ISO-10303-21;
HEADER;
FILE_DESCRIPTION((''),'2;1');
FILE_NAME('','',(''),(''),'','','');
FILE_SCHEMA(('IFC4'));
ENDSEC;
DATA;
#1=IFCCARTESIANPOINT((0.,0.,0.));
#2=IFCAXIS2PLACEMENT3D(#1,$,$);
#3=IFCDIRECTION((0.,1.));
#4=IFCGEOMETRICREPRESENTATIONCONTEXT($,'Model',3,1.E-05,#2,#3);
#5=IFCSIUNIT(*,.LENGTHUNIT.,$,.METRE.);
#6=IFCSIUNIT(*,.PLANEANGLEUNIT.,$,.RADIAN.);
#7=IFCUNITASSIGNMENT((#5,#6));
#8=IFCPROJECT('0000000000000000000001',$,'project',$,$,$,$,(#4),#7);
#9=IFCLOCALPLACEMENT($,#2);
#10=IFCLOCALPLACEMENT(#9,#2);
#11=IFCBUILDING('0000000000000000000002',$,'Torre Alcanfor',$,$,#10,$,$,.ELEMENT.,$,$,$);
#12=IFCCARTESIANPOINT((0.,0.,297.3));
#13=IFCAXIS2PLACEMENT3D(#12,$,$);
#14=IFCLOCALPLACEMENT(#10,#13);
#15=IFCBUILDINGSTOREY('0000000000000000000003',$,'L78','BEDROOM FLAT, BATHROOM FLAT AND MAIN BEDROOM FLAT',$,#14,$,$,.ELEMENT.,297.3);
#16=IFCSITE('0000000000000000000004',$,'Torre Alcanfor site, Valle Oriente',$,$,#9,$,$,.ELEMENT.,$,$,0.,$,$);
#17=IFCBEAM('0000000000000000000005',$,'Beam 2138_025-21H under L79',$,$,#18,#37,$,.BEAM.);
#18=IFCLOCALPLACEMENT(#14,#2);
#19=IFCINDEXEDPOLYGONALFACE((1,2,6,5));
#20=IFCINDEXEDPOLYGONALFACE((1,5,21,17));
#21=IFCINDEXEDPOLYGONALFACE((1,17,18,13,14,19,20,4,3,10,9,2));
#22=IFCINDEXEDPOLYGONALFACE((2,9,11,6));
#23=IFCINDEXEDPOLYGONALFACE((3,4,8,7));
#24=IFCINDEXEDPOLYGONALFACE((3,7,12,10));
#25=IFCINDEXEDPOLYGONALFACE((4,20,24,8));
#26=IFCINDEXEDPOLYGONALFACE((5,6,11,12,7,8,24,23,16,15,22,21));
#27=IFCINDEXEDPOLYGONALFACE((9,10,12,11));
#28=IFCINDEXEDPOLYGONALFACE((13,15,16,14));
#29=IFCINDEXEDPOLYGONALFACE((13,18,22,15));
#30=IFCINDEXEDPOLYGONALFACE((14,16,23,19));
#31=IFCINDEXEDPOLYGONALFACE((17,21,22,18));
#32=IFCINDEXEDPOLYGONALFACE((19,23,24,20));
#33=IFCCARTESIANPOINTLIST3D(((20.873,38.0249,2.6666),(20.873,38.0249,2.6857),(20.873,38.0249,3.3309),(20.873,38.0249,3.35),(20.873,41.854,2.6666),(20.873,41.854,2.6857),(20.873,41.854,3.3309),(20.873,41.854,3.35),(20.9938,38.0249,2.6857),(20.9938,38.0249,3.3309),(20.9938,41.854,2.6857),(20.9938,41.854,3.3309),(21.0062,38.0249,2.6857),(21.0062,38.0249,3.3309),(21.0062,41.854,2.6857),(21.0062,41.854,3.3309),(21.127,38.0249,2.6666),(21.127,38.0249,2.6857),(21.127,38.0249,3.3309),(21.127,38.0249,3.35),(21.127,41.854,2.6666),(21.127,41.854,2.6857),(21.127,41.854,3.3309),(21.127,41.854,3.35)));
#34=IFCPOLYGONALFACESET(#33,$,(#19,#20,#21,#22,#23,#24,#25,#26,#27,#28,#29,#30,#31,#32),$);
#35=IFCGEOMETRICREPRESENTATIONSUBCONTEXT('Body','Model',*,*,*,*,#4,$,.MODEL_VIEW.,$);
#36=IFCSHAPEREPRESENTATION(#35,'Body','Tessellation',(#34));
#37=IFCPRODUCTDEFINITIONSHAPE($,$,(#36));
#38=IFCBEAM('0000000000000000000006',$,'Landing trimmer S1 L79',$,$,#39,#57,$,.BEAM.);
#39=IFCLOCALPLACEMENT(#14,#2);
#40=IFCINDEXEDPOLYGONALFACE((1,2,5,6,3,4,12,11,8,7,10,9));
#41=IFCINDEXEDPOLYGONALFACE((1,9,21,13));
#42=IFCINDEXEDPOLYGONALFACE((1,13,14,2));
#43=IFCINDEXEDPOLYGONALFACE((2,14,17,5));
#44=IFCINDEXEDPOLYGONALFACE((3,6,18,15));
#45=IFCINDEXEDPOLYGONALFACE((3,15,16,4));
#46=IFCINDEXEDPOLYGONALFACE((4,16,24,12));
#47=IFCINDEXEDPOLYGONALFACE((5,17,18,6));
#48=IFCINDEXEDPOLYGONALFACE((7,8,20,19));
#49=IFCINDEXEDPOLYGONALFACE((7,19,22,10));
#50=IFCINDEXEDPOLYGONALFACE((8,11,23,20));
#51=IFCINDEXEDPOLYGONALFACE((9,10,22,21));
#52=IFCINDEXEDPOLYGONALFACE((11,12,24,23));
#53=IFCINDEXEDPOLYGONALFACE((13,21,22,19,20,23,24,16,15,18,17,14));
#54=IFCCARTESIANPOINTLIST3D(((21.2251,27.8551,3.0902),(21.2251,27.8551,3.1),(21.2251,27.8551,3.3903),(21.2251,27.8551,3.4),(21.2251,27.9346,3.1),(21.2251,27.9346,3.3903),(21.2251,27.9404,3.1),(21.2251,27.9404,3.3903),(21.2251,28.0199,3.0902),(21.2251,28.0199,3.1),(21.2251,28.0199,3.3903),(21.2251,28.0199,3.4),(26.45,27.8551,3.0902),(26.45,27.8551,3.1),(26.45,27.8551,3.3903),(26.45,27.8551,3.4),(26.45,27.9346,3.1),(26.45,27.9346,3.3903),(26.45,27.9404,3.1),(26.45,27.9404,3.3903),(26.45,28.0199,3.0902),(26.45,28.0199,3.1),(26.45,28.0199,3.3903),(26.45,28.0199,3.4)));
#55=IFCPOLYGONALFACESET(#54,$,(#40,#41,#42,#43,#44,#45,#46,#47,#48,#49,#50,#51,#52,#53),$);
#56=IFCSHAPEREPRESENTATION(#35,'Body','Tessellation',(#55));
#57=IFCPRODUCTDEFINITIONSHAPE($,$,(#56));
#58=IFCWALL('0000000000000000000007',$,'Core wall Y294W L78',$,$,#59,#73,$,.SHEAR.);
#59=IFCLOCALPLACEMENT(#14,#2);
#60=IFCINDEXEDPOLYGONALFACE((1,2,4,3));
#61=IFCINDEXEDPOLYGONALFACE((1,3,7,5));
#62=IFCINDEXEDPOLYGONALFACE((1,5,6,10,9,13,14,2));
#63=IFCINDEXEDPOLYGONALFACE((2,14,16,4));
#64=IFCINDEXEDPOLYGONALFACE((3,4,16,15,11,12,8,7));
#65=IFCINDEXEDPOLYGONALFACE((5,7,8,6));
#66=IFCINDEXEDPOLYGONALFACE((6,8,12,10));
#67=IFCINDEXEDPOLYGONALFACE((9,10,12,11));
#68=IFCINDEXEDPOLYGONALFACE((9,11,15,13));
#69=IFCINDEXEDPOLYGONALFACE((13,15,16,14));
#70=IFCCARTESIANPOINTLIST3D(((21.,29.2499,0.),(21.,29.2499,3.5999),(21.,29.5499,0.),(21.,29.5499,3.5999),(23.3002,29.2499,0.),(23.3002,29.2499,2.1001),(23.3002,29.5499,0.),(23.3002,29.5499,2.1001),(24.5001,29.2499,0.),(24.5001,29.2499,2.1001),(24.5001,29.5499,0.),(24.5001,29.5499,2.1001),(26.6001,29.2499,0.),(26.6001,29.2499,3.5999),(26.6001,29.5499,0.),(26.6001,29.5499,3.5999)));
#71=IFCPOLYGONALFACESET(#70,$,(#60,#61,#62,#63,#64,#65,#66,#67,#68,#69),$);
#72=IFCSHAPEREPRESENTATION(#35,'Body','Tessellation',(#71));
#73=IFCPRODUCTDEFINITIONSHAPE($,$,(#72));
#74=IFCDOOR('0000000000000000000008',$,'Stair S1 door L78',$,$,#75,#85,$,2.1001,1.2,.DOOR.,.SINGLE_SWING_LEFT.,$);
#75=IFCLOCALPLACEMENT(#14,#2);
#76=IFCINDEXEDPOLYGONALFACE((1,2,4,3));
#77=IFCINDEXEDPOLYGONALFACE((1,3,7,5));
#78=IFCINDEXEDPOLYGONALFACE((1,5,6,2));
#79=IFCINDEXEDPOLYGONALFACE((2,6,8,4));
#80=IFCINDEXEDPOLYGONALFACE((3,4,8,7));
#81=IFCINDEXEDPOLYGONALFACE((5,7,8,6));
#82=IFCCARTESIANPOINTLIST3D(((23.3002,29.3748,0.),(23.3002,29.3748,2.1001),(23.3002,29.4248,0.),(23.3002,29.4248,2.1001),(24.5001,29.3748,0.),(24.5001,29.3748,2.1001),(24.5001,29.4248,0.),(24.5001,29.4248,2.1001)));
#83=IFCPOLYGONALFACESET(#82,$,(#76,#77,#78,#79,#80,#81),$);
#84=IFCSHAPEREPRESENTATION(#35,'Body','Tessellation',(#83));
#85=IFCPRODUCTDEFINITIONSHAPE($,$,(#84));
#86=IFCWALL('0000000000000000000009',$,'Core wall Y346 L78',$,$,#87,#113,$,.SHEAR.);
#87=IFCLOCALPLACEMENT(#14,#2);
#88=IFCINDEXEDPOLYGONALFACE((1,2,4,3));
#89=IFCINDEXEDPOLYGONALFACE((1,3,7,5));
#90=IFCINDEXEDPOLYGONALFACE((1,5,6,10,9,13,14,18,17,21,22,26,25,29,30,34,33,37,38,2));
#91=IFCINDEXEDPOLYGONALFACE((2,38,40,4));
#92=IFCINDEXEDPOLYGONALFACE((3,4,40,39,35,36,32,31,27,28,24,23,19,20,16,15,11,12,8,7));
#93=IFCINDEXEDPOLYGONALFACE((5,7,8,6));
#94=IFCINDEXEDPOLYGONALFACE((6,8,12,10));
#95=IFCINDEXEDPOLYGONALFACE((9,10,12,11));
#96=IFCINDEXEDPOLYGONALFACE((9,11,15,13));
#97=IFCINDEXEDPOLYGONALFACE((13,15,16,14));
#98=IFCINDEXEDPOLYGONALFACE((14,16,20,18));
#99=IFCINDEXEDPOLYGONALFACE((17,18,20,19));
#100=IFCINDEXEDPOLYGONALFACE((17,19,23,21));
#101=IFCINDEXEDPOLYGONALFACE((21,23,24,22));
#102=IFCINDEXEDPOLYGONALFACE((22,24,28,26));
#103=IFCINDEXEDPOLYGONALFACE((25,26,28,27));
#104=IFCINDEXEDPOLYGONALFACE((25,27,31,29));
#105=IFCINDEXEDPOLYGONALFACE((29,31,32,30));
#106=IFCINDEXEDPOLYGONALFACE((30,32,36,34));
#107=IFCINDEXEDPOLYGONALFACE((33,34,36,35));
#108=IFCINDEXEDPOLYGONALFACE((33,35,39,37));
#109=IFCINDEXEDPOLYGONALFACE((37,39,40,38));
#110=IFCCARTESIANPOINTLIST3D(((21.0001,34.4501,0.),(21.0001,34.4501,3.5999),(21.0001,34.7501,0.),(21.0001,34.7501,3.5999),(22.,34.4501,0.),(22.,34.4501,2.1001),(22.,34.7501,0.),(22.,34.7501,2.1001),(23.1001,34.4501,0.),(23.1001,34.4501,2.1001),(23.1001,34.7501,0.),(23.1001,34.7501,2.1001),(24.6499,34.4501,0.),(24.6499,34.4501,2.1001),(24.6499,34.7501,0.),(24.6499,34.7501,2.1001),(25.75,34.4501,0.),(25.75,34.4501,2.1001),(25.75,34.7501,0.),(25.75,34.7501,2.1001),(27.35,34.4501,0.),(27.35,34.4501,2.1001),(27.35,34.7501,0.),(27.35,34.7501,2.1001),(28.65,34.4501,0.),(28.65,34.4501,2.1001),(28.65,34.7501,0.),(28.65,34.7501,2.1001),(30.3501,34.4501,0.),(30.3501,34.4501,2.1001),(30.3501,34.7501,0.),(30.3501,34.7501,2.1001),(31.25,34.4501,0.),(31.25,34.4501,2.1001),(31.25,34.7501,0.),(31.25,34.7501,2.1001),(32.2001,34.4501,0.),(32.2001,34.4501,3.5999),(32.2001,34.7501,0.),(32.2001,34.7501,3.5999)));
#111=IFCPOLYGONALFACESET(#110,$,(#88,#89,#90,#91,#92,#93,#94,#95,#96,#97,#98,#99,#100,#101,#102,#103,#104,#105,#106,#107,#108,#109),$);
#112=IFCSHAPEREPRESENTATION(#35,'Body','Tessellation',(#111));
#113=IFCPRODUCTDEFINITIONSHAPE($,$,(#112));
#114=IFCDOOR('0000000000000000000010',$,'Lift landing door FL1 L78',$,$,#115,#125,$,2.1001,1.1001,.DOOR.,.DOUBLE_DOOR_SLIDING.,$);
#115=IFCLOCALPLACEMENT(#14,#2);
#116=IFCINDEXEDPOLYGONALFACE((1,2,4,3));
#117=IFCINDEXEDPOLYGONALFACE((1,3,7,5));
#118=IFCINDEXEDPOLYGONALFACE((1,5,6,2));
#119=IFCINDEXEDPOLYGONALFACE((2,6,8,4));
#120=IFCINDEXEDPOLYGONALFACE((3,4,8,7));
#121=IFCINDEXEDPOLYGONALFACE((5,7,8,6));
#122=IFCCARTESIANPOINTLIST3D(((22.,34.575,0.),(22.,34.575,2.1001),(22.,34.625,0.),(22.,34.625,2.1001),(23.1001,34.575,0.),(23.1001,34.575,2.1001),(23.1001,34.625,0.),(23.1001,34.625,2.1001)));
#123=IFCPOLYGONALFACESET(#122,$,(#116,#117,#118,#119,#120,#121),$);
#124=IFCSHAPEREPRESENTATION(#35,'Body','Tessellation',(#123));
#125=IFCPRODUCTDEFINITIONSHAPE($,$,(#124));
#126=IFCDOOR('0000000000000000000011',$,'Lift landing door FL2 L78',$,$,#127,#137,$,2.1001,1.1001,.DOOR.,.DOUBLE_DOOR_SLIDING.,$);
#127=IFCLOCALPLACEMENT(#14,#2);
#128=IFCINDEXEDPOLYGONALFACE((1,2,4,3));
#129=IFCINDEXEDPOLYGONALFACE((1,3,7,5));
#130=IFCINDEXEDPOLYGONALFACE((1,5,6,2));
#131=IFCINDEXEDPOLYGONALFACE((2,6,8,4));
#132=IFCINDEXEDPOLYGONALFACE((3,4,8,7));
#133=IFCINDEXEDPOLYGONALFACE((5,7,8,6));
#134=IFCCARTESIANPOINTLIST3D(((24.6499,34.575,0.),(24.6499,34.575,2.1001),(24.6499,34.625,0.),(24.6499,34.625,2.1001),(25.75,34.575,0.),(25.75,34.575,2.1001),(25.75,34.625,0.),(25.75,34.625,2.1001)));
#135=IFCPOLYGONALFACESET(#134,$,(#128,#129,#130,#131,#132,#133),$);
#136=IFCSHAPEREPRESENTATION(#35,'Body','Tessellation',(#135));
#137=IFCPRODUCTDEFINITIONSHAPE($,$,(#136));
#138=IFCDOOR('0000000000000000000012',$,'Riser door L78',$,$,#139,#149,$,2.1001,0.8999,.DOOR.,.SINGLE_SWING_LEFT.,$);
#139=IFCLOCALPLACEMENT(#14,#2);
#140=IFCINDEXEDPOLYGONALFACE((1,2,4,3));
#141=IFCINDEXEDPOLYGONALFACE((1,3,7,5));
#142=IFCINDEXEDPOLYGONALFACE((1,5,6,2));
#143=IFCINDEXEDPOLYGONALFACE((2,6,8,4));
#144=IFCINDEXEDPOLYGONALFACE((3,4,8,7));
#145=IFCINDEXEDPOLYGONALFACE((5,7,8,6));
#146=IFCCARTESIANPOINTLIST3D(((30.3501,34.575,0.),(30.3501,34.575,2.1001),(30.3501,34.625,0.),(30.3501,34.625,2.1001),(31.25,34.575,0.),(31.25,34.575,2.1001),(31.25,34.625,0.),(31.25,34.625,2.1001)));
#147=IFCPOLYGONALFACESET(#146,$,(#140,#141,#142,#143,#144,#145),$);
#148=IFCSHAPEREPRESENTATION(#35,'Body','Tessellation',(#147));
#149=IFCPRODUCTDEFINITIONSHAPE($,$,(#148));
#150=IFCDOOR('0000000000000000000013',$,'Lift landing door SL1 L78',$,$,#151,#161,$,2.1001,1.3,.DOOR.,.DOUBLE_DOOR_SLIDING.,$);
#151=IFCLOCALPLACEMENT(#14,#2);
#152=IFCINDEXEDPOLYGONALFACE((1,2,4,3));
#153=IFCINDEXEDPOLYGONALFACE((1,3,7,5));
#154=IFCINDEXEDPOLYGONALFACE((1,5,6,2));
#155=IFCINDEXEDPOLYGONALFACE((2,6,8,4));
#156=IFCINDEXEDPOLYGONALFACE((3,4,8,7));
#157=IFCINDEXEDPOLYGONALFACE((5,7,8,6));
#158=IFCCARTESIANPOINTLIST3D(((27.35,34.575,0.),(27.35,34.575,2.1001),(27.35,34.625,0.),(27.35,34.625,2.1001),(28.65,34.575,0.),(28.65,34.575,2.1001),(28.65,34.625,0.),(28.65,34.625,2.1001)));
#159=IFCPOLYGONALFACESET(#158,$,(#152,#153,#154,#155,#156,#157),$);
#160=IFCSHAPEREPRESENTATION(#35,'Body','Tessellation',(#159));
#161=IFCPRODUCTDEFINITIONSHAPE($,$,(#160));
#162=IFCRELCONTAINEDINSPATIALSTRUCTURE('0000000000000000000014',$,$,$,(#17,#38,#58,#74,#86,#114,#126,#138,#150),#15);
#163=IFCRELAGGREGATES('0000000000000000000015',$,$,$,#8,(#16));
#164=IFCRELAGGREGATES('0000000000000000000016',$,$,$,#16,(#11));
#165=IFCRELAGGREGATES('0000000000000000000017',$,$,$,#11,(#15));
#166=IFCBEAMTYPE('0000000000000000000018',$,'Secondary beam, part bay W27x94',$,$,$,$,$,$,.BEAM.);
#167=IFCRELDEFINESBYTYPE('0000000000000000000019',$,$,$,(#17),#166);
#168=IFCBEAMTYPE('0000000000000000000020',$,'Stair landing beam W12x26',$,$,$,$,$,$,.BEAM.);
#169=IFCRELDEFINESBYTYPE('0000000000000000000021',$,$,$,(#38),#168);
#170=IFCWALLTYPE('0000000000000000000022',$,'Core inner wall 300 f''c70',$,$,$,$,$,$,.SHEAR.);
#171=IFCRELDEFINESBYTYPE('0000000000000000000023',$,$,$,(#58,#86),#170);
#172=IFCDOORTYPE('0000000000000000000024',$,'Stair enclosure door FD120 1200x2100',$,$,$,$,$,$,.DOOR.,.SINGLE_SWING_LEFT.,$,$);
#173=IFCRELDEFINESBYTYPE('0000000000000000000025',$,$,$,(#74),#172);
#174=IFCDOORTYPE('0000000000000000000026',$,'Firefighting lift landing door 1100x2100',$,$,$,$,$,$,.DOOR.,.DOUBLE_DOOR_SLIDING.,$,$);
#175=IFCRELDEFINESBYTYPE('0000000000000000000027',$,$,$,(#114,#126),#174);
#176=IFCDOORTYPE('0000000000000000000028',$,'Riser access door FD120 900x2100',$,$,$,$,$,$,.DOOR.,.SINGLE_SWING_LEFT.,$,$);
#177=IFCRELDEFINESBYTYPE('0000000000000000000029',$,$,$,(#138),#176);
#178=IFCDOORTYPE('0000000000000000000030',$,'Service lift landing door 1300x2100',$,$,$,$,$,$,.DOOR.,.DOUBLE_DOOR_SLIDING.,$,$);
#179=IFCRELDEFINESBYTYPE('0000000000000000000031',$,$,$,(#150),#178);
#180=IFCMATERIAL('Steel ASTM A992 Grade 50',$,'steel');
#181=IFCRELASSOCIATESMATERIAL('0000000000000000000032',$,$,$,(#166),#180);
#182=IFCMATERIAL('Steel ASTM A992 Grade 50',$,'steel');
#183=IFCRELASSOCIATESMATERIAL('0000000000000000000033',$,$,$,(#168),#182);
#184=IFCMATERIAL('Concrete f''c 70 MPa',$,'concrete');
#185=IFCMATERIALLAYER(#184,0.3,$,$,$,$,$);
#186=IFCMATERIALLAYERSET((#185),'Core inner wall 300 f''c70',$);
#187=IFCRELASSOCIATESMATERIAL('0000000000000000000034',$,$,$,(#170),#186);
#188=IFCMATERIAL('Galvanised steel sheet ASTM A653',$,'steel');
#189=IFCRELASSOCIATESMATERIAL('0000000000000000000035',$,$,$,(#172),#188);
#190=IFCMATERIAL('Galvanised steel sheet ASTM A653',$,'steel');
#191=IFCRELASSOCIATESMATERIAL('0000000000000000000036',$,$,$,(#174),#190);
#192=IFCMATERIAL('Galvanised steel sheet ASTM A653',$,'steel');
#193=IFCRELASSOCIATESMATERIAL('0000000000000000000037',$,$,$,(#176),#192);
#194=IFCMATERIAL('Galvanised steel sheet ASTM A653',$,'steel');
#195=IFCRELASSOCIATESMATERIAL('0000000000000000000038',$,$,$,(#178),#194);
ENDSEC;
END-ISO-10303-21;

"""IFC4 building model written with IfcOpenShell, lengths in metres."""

from ifc_helpers import new_model, si_unit, direction, frame, frame_2d, origin, origin_2d, place, context, subcontext, project, spatial, rectangle, i_section, extrude, material, layer, layer_set, material_profile, profile_set, type_object, element, fill, save


model = new_model("IFC4")

# Units and contexts
model_context = context("Model", 3, precision=1e-05, world=origin(), true_north=direction((0.0, 1.0)))
body_context = subcontext(model_context, "Body", "Model", "MODEL_VIEW")
ifc_project = project(units=[si_unit("LENGTHUNIT", "METRE"), si_unit("PLANEANGLEUNIT", "RADIAN")], contexts=[model_context])

# Site, building, storey
site_placement = place(None, origin())
site = spatial("IfcSite", under=ifc_project, at=site_placement, Name="Torre Alcanfor site, Valle Oriente", CompositionType="ELEMENT", RefElevation=0.0)
building_placement = place(site_placement, origin())
building = spatial("IfcBuilding", under=site, at=building_placement, Name="Torre Alcanfor", CompositionType="ELEMENT")
storey_placement = place(building_placement, frame((0.0, 0.0, 297.3)))
storey = spatial("IfcBuildingStorey", under=building, at=storey_placement, Name="L78", Description="BEDROOM FLAT, BATHROOM FLAT AND MAIN BEDROOM FLAT", CompositionType="ELEMENT", Elevation=297.3)

# Beams
ifc_material_1 = material(Name="Steel ASTM A992 Grade 50", Category="steel")
ifc_material_profile_1 = material_profile(ifc_material_1, i_section(OverallWidth=0.2539, OverallDepth=0.6833, WebThickness=0.0125, FlangeThickness=0.019, at=origin_2d()), Name="W27x94")
ifc_profile_set_1 = profile_set([ifc_material_profile_1], Name="Steel ASTM A992 Grade 50")
beam_type_1 = type_object("IfcBeamType", Name="Secondary beam, part bay W27x94", PredefinedType="BEAM", material=ifc_profile_set_1)
beam_1_placement = place(storey_placement, frame((21.0, 38.0249, 3.0083), z_axis=(0.0, 1.0, 0.0), x_axis=(-1.0, 0.0, 0.0)))
element("IfcBeam", 1, at=beam_1_placement, inside=storey, type_object=beam_type_1, Name="Beam 2138_025-21H under L79", PredefinedType="BEAM", context=body_context, shape_type="SweptSolid", body=[
    extrude(i_section(OverallWidth=0.2539, OverallDepth=0.6833, WebThickness=0.0125, FlangeThickness=0.019, at=origin_2d()), origin(), (0.0, 0.0, 1.0), 3.8291),
])
ifc_material_2 = material(Name="Steel ASTM A992 Grade 50", Category="steel")
ifc_material_profile_2 = material_profile(ifc_material_2, i_section(OverallWidth=0.1648, OverallDepth=0.3098, WebThickness=0.0059, FlangeThickness=0.0098, at=origin_2d()), Name="W12x26")
ifc_profile_set_2 = profile_set([ifc_material_profile_2], Name="Steel ASTM A992 Grade 50")
beam_type_2 = type_object("IfcBeamType", Name="Stair landing beam W12x26", PredefinedType="BEAM", material=ifc_profile_set_2)
beam_2_placement = place(storey_placement, frame((21.2251, 27.9375, 3.2451), z_axis=(1.0, 0.0, 0.0), x_axis=(0.0, 1.0, 0.0)))
element("IfcBeam", 2, at=beam_2_placement, inside=storey, type_object=beam_type_2, Name="Landing trimmer S1 L79", PredefinedType="BEAM", context=body_context, shape_type="SweptSolid", body=[
    extrude(i_section(OverallWidth=0.1648, OverallDepth=0.3098, WebThickness=0.0059, FlangeThickness=0.0098, at=origin_2d()), origin(), (0.0, 0.0, 1.0), 5.2249),
])

# Wall, opening, door
ifc_material_3 = material(Name="Concrete f'c 70 MPa", Category="concrete")
ifc_layer_1 = layer(ifc_material_3, 0.3)
ifc_layer_set_1 = layer_set([ifc_layer_1], Name="Core inner wall 300 f'c70")
wall_type_1 = type_object("IfcWallType", Name="Core inner wall 300 f'c70", PredefinedType="SHEAR", material=ifc_layer_set_1)
wall_1_placement = place(storey_placement, frame((21.0, 29.3999, 0.0), z_axis=(0.0, 0.0, 1.0), x_axis=(1.0, 0.0, 0.0)))
wall_1 = element("IfcWall", 3, at=wall_1_placement, inside=storey, type_object=wall_type_1, Name="Core wall Y294W L78", PredefinedType="SHEAR", context=body_context, shape_type="SweptSolid", body=[
    extrude(rectangle(XDim=5.6001, YDim=0.3, at=frame_2d((2.8, 0.0))), origin(), (0.0, 0.0, 1.0), 3.5999),
])
opening_1_placement = place(wall_1_placement, frame((2.3, 0.0, 0.0)))
opening_1 = element("IfcOpeningElement", 4, at=opening_1_placement, cuts=wall_1, PredefinedType="OPENING", context=body_context, shape_type="SweptSolid", body=[
    extrude(rectangle(XDim=1.2, YDim=2.1001, at=frame_2d((0.6001, 1.05))), frame((0.0, 0.1599, 0.0), z_axis=(0.0, -1.0, 0.0), x_axis=(1.0, 0.0, 0.0)), (0.0, 0.0, 1.0), 0.3201),
])
ifc_material_4 = material(Name="Galvanised steel sheet ASTM A653", Category="steel")
door_type_1 = type_object("IfcDoorType", Name="Stair enclosure door FD120 1200x2100", OperationType="SINGLE_SWING_LEFT", PredefinedType="DOOR", material=ifc_material_4)
door_1_placement = place(opening_1_placement, frame((1.2, 0.0, 0.0), z_axis=(0.0, 0.0, 1.0), x_axis=(-1.0, 0.0, 0.0)))
door_1 = element("IfcDoor", 5, at=door_1_placement, inside=storey, type_object=door_type_1, Name="Stair S1 door L78", OperationType="SINGLE_SWING_LEFT", OverallHeight=2.1001, OverallWidth=1.2, PredefinedType="DOOR", context=body_context, shape_type="SweptSolid", body=[
    extrude(rectangle(XDim=1.2, YDim=2.1001, at=frame_2d((0.5999, 1.05))), frame((0.0, 0.0251, 0.0), z_axis=(0.0, -1.0, 0.0), x_axis=(1.0, 0.0, 0.0)), (0.0, 0.0, 1.0), 0.05),
])
fill(opening_1, door_1)

# Wall, openings, doors
wall_2_placement = place(storey_placement, frame((21.0, 34.6001, 0.0), z_axis=(0.0, 0.0, 1.0), x_axis=(1.0, 0.0, 0.0)))
wall_2 = element("IfcWall", 6, at=wall_2_placement, inside=storey, type_object=wall_type_1, Name="Core wall Y346 L78", PredefinedType="SHEAR", context=body_context, shape_type="SweptSolid", body=[
    extrude(rectangle(XDim=11.2, YDim=0.3, at=frame_2d((5.6001, 0.0))), origin(), (0.0, 0.0, 1.0), 3.5999),
])
opening_2_placement = place(wall_2_placement, frame((9.3501, 0.0, 0.0)))
opening_2 = element("IfcOpeningElement", 7, at=opening_2_placement, cuts=wall_2, PredefinedType="OPENING", context=body_context, shape_type="SweptSolid", body=[
    extrude(rectangle(XDim=0.8999, YDim=2.1001, at=frame_2d((0.45, 1.05))), frame((0.0, 0.1599, 0.0), z_axis=(0.0, -1.0, 0.0), x_axis=(1.0, 0.0, 0.0)), (0.0, 0.0, 1.0), 0.3201),
])
opening_3_placement = place(wall_2_placement, frame((1.0, 0.0, 0.0)))
opening_3 = element("IfcOpeningElement", 8, at=opening_3_placement, cuts=wall_2, PredefinedType="OPENING", context=body_context, shape_type="SweptSolid", body=[
    extrude(rectangle(XDim=1.1001, YDim=2.1001, at=frame_2d((0.55, 1.05))), frame((0.0, 0.1599, 0.0), z_axis=(0.0, -1.0, 0.0), x_axis=(1.0, 0.0, 0.0)), (0.0, 0.0, 1.0), 0.3201),
])
opening_4_placement = place(wall_2_placement, frame((3.6499, 0.0, 0.0)))
opening_4 = element("IfcOpeningElement", 9, at=opening_4_placement, cuts=wall_2, PredefinedType="OPENING", context=body_context, shape_type="SweptSolid", body=[
    extrude(rectangle(XDim=1.1001, YDim=2.1001, at=frame_2d((0.55, 1.05))), frame((0.0, 0.1599, 0.0), z_axis=(0.0, -1.0, 0.0), x_axis=(1.0, 0.0, 0.0)), (0.0, 0.0, 1.0), 0.3201),
])
opening_5_placement = place(wall_2_placement, frame((6.3501, 0.0, 0.0)))
opening_5 = element("IfcOpeningElement", 10, at=opening_5_placement, cuts=wall_2, PredefinedType="OPENING", context=body_context, shape_type="SweptSolid", body=[
    extrude(rectangle(XDim=1.3, YDim=2.1001, at=frame_2d((0.6499, 1.05))), frame((0.0, 0.1599, 0.0), z_axis=(0.0, -1.0, 0.0), x_axis=(1.0, 0.0, 0.0)), (0.0, 0.0, 1.0), 0.3201),
])
ifc_material_5 = material(Name="Galvanised steel sheet ASTM A653", Category="steel")
door_type_2 = type_object("IfcDoorType", Name="Firefighting lift landing door 1100x2100", OperationType="DOUBLE_DOOR_SLIDING", PredefinedType="DOOR", material=ifc_material_5)
door_2_placement = place(opening_3_placement, origin())
door_2 = element("IfcDoor", 11, at=door_2_placement, inside=storey, type_object=door_type_2, Name="Lift landing door FL1 L78", OperationType="DOUBLE_DOOR_SLIDING", OverallHeight=2.1001, OverallWidth=1.1001, PredefinedType="DOOR", context=body_context, shape_type="SweptSolid", body=[
    extrude(rectangle(XDim=1.1001, YDim=2.1001, at=frame_2d((0.55, 1.05))), frame((0.0, 0.0249, 0.0), z_axis=(0.0, -1.0, 0.0), x_axis=(1.0, 0.0, 0.0)), (0.0, 0.0, 1.0), 0.05),
])
fill(opening_3, door_2)
door_3_placement = place(opening_4_placement, origin())
door_3 = element("IfcDoor", 12, at=door_3_placement, inside=storey, type_object=door_type_2, Name="Lift landing door FL2 L78", OperationType="DOUBLE_DOOR_SLIDING", OverallHeight=2.1001, OverallWidth=1.1001, PredefinedType="DOOR", context=body_context, shape_type="SweptSolid", body=[
    extrude(rectangle(XDim=1.1001, YDim=2.1001, at=frame_2d((0.55, 1.05))), frame((0.0, 0.0249, 0.0), z_axis=(0.0, -1.0, 0.0), x_axis=(1.0, 0.0, 0.0)), (0.0, 0.0, 1.0), 0.05),
])
fill(opening_4, door_3)
ifc_material_6 = material(Name="Galvanised steel sheet ASTM A653", Category="steel")
door_type_3 = type_object("IfcDoorType", Name="Riser access door FD120 900x2100", OperationType="SINGLE_SWING_LEFT", PredefinedType="DOOR", material=ifc_material_6)
door_4_placement = place(opening_2_placement, origin())
door_4 = element("IfcDoor", 13, at=door_4_placement, inside=storey, type_object=door_type_3, Name="Riser door L78", OperationType="SINGLE_SWING_LEFT", OverallHeight=2.1001, OverallWidth=0.8999, PredefinedType="DOOR", context=body_context, shape_type="SweptSolid", body=[
    extrude(rectangle(XDim=0.8999, YDim=2.1001, at=frame_2d((0.45, 1.05))), frame((0.0, 0.0249, 0.0), z_axis=(0.0, -1.0, 0.0), x_axis=(1.0, 0.0, 0.0)), (0.0, 0.0, 1.0), 0.05),
])
fill(opening_2, door_4)
ifc_material_7 = material(Name="Galvanised steel sheet ASTM A653", Category="steel")
door_type_4 = type_object("IfcDoorType", Name="Service lift landing door 1300x2100", OperationType="DOUBLE_DOOR_SLIDING", PredefinedType="DOOR", material=ifc_material_7)
door_5_placement = place(opening_5_placement, origin())
door_5 = element("IfcDoor", 14, at=door_5_placement, inside=storey, type_object=door_type_4, Name="Lift landing door SL1 L78", OperationType="DOUBLE_DOOR_SLIDING", OverallHeight=2.1001, OverallWidth=1.3, PredefinedType="DOOR", context=body_context, shape_type="SweptSolid", body=[
    extrude(rectangle(XDim=1.3, YDim=2.1001, at=frame_2d((0.6499, 1.05))), frame((0.0, 0.0249, 0.0), z_axis=(0.0, -1.0, 0.0), x_axis=(1.0, 0.0, 0.0)), (0.0, 0.0, 1.0), 0.05),
])
fill(opening_5, door_5)

save(model, "model.ifc")
